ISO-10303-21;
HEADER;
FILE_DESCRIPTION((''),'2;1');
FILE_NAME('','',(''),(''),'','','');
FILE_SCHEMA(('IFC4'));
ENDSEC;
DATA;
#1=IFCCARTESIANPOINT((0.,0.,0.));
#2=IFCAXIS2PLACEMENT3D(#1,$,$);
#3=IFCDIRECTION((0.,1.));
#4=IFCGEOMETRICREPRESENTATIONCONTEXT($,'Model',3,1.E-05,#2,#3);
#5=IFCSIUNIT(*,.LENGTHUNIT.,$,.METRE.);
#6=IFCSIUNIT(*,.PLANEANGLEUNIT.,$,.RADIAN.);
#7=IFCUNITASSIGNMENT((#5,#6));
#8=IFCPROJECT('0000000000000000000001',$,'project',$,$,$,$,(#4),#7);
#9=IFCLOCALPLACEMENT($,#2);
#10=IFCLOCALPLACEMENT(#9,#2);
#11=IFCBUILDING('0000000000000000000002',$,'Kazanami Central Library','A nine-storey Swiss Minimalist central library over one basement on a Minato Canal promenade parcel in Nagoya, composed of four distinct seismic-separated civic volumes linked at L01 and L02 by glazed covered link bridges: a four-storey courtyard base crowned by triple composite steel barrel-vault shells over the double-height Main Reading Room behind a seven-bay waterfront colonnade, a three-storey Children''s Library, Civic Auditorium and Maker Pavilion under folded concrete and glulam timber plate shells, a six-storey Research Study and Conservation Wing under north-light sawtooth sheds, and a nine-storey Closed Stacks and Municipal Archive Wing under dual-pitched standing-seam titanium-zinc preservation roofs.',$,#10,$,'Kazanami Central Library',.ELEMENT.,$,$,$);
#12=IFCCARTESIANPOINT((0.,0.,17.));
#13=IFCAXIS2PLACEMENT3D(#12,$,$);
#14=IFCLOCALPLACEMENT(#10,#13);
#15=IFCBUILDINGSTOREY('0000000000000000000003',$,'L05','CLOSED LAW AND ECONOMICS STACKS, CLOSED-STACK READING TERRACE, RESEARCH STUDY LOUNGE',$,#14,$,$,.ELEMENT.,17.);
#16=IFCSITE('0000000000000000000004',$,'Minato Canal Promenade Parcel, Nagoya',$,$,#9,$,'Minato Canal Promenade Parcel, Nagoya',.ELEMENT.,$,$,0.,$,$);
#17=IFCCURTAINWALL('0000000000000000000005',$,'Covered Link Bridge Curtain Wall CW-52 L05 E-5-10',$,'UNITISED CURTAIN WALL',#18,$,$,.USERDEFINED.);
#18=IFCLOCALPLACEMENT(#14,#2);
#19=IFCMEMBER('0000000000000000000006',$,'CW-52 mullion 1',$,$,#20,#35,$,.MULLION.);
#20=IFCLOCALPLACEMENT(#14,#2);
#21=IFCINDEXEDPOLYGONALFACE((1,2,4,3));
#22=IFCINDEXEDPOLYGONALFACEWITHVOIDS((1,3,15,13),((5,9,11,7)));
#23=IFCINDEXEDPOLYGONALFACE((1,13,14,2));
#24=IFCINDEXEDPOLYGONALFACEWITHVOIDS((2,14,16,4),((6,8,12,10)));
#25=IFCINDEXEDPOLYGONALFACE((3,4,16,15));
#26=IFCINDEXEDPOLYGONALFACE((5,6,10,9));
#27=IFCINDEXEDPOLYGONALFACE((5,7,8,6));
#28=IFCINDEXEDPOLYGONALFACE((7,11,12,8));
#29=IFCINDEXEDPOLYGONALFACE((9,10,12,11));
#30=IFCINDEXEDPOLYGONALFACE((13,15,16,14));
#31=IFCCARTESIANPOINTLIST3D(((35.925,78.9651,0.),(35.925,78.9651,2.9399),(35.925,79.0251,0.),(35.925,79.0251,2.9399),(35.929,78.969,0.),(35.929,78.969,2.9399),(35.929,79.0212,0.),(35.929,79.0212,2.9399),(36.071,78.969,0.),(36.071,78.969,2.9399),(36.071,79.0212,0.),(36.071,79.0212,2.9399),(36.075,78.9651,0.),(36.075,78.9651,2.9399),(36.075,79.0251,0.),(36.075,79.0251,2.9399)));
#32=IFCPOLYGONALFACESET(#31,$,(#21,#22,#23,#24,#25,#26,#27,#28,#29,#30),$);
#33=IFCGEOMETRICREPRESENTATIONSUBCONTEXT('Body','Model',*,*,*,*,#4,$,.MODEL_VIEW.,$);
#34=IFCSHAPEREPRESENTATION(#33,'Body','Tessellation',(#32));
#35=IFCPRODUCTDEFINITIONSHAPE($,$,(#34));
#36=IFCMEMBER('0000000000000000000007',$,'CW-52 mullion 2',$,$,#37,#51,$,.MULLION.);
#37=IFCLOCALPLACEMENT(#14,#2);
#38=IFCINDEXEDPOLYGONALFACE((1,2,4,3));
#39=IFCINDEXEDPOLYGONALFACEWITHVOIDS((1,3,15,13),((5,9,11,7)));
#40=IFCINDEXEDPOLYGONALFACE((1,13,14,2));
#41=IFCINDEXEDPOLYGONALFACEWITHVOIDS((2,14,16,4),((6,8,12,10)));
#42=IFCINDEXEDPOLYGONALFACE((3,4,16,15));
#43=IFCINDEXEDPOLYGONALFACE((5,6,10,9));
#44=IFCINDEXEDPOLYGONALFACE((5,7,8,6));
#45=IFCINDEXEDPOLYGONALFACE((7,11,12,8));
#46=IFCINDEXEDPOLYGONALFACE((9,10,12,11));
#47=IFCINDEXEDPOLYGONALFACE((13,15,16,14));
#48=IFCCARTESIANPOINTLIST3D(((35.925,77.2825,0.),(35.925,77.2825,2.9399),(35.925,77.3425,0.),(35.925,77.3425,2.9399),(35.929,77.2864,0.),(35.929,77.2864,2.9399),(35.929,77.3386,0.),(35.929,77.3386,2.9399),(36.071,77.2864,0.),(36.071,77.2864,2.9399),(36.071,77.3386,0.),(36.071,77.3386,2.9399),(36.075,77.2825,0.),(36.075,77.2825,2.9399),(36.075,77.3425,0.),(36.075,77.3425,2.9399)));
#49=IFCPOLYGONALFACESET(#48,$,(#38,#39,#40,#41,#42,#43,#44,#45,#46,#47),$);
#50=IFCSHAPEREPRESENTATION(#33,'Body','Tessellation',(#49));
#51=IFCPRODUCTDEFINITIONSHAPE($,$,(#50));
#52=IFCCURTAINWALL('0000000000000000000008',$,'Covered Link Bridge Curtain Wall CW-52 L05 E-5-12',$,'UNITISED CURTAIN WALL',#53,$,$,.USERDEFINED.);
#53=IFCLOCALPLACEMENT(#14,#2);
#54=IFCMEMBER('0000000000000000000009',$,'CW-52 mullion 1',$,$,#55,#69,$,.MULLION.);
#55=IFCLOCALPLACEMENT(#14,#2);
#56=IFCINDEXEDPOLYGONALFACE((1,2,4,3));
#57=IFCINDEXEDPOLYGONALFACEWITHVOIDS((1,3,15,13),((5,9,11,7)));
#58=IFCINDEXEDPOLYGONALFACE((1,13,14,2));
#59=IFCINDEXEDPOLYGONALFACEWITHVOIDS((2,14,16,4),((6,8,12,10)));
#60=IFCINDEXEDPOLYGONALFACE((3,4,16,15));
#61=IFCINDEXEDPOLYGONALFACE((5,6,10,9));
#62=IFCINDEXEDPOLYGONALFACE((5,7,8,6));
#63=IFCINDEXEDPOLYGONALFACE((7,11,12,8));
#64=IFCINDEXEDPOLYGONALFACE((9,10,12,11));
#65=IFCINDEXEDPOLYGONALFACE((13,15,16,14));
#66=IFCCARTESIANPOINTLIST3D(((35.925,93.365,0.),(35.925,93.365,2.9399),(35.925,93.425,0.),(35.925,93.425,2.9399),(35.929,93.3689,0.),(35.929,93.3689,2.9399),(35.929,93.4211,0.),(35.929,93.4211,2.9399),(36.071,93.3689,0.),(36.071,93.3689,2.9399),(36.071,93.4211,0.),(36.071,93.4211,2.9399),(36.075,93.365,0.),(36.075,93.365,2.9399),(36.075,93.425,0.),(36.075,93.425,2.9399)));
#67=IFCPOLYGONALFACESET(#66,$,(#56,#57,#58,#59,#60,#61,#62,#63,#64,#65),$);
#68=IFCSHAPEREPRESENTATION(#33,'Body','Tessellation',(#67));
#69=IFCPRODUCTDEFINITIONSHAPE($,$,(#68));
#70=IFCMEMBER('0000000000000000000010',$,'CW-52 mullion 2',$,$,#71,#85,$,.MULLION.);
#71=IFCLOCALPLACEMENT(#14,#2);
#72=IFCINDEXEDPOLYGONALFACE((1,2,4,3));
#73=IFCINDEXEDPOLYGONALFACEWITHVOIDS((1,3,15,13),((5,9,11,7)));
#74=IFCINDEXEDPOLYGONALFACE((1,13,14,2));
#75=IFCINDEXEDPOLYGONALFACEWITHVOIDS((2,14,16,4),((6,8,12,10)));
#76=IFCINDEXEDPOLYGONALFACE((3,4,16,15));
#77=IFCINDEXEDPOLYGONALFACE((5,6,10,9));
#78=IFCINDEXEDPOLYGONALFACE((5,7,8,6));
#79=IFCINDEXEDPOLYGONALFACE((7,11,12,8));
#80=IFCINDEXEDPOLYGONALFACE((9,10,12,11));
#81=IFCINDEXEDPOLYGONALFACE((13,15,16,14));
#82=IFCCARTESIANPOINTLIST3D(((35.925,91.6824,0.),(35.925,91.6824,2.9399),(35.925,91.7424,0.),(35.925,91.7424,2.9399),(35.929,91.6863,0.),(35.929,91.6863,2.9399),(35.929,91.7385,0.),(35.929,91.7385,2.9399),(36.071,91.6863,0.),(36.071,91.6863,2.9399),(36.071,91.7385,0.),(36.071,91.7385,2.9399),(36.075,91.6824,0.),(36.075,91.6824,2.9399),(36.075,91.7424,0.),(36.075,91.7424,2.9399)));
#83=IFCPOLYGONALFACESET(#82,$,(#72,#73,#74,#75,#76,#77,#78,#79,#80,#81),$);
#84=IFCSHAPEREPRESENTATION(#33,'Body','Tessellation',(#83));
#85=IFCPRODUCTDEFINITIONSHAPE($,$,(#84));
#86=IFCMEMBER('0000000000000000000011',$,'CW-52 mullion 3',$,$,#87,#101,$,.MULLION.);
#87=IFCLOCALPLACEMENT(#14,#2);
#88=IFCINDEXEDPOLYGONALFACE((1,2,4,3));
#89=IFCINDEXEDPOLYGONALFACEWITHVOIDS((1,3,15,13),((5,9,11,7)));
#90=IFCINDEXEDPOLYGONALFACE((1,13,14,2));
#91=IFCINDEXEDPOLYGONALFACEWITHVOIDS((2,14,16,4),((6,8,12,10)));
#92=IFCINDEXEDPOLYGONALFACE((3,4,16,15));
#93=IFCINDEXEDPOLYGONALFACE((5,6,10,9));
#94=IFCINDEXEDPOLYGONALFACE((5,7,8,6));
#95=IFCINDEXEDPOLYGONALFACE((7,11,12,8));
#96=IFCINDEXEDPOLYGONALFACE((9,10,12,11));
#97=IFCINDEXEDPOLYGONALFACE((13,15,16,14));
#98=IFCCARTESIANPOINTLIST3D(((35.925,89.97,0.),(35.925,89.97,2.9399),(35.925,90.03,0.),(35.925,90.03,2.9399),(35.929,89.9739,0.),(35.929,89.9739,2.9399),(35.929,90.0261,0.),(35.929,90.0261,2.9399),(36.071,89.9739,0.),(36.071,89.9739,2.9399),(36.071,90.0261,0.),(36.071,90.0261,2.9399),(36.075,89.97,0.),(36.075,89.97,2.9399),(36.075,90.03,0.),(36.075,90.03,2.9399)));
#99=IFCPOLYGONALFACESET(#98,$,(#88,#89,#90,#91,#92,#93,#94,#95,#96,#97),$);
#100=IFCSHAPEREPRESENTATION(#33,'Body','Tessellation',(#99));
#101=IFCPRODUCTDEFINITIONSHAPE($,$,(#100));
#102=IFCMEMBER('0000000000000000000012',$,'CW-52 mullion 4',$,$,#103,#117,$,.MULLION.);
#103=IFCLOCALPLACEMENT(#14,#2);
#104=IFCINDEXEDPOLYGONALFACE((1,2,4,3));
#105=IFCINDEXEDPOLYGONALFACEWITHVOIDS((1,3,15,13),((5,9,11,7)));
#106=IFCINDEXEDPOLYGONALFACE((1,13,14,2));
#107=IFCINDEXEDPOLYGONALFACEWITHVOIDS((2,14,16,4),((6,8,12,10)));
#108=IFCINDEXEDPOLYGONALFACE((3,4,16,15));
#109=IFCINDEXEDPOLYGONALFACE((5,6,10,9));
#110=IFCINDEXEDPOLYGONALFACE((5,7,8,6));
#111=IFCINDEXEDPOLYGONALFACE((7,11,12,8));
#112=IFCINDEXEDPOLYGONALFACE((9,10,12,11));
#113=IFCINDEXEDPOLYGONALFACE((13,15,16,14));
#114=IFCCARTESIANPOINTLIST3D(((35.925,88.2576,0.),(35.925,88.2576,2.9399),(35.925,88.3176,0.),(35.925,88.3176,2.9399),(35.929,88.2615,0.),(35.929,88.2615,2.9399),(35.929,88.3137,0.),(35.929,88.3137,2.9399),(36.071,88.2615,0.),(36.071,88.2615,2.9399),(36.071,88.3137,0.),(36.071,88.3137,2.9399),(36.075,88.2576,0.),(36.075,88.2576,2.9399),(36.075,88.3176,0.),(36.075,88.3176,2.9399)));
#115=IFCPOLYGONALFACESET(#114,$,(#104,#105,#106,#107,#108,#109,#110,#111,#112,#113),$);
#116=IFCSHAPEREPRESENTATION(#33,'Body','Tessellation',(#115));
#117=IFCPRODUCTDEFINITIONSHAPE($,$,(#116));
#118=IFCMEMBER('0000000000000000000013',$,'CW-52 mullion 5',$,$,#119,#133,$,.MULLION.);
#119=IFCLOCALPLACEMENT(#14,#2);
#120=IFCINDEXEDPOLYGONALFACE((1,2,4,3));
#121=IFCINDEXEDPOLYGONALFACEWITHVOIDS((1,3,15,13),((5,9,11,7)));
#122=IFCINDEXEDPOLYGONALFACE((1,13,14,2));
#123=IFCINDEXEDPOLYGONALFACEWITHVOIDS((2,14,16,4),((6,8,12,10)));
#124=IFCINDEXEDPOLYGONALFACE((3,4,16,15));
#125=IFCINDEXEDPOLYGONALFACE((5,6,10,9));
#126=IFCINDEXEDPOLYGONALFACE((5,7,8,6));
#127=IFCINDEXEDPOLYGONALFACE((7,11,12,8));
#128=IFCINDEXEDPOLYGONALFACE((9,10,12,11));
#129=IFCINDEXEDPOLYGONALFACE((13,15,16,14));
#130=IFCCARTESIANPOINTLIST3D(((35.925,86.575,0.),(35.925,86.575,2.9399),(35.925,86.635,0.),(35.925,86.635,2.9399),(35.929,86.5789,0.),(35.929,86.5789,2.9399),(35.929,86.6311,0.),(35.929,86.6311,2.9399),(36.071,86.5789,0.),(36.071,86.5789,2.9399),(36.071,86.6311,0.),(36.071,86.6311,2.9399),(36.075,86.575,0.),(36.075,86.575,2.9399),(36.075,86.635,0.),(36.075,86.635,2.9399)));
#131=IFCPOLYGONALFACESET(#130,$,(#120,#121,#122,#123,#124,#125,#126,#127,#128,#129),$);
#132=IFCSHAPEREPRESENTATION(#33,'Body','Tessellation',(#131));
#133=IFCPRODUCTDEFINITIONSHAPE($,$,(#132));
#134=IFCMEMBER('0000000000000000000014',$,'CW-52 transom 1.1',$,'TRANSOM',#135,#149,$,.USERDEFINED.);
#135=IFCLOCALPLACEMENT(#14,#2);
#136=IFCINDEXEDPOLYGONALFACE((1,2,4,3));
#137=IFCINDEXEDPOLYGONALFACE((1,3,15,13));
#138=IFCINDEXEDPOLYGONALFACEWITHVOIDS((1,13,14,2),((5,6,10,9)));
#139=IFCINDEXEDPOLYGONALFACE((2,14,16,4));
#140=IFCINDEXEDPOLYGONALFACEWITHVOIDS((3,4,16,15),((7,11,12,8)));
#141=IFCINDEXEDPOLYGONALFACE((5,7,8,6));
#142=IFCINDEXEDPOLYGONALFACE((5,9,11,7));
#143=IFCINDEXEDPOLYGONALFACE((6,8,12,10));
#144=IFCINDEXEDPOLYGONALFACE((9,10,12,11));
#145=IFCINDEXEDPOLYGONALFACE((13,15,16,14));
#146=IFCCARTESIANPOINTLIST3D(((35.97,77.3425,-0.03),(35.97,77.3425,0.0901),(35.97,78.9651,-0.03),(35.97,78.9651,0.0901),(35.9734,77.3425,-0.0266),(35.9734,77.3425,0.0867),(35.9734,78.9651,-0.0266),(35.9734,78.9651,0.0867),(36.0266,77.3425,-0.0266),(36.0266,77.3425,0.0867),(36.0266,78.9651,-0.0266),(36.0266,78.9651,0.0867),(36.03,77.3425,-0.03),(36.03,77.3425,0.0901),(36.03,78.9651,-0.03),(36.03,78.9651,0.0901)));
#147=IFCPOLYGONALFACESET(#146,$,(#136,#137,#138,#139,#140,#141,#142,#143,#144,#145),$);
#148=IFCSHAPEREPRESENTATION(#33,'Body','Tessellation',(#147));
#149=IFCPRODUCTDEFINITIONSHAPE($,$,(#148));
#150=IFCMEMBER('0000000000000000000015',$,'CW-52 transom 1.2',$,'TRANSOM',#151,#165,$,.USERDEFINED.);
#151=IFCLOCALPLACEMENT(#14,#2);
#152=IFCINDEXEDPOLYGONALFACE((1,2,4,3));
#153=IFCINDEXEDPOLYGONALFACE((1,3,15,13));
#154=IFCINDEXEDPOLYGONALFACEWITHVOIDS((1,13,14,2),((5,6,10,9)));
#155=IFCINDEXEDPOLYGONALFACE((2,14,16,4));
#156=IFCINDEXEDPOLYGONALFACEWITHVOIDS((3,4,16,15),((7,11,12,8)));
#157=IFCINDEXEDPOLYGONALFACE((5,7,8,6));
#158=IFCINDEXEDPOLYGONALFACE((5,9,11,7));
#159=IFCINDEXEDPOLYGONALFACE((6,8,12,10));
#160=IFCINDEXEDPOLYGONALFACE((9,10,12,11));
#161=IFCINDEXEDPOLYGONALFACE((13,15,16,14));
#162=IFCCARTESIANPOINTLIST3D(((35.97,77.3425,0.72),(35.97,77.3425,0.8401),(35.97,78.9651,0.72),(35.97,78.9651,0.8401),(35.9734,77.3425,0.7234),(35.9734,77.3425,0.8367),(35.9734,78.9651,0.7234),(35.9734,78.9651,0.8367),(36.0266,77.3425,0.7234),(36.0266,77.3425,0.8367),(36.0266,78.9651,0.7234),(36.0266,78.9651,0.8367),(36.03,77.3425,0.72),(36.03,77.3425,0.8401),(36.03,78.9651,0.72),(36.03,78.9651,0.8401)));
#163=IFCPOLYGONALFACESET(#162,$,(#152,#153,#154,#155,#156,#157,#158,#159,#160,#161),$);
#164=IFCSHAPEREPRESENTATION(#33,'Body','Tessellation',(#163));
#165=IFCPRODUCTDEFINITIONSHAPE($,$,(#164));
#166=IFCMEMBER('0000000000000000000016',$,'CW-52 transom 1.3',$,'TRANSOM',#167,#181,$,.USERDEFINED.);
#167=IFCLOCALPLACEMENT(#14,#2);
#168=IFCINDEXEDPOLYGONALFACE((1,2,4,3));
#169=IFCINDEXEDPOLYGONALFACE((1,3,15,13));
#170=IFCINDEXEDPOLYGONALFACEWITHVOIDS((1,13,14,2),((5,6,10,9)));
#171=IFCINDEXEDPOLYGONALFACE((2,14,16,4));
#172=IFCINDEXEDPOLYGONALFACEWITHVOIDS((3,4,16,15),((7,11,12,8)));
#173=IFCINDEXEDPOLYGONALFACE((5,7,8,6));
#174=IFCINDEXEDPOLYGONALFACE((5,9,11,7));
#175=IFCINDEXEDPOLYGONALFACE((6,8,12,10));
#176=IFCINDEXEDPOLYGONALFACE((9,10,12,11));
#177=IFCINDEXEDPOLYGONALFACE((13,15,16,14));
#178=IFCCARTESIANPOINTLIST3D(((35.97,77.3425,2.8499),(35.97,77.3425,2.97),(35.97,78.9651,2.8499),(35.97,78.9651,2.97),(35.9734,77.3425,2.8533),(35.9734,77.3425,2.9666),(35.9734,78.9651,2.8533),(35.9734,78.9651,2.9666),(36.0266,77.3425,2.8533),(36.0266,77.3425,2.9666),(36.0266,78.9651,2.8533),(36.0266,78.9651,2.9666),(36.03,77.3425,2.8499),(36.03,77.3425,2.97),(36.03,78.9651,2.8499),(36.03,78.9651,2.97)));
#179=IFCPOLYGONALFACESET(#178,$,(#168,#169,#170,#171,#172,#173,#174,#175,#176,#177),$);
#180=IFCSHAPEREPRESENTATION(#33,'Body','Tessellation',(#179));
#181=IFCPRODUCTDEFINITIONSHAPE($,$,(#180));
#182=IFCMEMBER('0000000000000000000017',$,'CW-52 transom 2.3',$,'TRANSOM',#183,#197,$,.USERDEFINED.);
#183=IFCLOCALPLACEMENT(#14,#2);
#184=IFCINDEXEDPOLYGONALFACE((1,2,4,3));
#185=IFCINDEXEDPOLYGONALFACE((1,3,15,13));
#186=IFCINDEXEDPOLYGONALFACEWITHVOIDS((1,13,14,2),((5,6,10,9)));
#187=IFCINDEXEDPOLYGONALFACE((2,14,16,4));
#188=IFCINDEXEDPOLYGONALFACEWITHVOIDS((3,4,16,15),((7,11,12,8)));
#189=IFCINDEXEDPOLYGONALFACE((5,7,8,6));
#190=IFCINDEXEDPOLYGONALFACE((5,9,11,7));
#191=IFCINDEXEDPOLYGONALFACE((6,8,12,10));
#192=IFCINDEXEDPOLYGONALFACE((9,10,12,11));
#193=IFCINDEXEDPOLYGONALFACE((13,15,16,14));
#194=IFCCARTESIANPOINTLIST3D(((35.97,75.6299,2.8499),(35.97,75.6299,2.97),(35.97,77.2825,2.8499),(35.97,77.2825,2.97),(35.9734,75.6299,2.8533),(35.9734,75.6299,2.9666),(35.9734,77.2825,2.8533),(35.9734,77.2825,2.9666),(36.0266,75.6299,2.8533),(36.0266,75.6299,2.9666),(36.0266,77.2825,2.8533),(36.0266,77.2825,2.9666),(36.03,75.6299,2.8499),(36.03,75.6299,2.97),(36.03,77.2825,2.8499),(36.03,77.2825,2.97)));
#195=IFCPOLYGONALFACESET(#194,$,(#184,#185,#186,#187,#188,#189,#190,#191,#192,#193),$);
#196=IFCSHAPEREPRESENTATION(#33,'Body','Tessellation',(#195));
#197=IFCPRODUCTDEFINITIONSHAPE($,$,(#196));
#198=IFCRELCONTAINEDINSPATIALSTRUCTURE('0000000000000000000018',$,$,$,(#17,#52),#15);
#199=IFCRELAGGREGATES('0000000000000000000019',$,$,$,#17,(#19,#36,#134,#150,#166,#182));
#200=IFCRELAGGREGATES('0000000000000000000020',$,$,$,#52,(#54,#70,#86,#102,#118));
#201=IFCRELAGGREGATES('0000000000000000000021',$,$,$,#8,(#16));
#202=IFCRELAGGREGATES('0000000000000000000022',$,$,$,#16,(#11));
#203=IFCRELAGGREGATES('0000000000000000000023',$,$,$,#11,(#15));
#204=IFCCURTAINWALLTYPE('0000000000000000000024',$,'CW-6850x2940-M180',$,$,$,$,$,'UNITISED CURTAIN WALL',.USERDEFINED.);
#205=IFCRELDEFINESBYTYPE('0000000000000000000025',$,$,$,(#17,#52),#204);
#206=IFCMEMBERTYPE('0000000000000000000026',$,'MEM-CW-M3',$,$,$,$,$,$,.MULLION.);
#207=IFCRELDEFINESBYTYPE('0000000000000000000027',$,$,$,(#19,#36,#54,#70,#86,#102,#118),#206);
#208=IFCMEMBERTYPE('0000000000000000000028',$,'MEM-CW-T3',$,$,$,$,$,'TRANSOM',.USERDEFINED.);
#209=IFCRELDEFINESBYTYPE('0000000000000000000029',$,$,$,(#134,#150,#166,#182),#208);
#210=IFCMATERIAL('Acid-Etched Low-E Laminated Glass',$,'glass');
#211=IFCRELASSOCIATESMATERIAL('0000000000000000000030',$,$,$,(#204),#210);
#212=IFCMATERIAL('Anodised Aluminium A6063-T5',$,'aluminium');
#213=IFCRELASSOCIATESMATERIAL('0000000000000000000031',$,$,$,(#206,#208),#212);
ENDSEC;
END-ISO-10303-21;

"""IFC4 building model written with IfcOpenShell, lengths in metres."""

from ifc_helpers import new_model, si_unit, direction, frame, origin, origin_2d, place, context, subcontext, project, spatial, hollow_rectangle, extrude, material, material_profile, profile_set, type_object, element, aggregate, save


model = new_model("IFC4")

# Units and contexts
model_context = context("Model", 3, precision=1e-05, world=origin(), true_north=direction((0.0, 1.0)))
body_context = subcontext(model_context, "Body", "Model", "MODEL_VIEW")
ifc_project = project(units=[si_unit("LENGTHUNIT", "METRE"), si_unit("PLANEANGLEUNIT", "RADIAN")], contexts=[model_context])

# Site, building, storey
site_placement = place(None, origin())
site = spatial("IfcSite", under=ifc_project, at=site_placement, Name="Minato Canal Promenade Parcel, Nagoya", LongName="Minato Canal Promenade Parcel, Nagoya", CompositionType="ELEMENT", RefElevation=0.0)
building_placement = place(site_placement, origin())
building = spatial("IfcBuilding", under=site, at=building_placement, Name="Kazanami Central Library", Description="A nine-storey Swiss Minimalist central library over one basement on a Minato Canal promenade parcel in Nagoya, composed of four distinct seismic-separated civic volumes linked at L01 and L02 by glazed covered link bridges: a four-storey courtyard base crowned by triple composite steel barrel-vault shells over the double-height Main Reading Room behind a seven-bay waterfront colonnade, a three-storey Children's Library, Civic Auditorium and Maker Pavilion under folded concrete and glulam timber plate shells, a six-storey Research Study and Conservation Wing under north-light sawtooth sheds, and a nine-storey Closed Stacks and Municipal Archive Wing under dual-pitched standing-seam titanium-zinc preservation roofs.", LongName="Kazanami Central Library", CompositionType="ELEMENT")
storey_placement = place(building_placement, frame((0.0, 0.0, 17.0)))
storey = spatial("IfcBuildingStorey", under=building, at=storey_placement, Name="L05", Description="CLOSED LAW AND ECONOMICS STACKS, CLOSED-STACK READING TERRACE, RESEARCH STUDY LOUNGE", CompositionType="ELEMENT", Elevation=17.0)

# Curtain walls, members
ifc_material_1 = material(Name="Acid-Etched Low-E Laminated Glass", Category="glass")
curtain_wall_type = type_object("IfcCurtainWallType", Name="CW-6850x2940-M180", ElementType="UNITISED CURTAIN WALL", PredefinedType="USERDEFINED", material=ifc_material_1)
curtain_wall_1_placement = place(storey_placement, origin())
curtain_wall_1 = element("IfcCurtainWall", 1, at=curtain_wall_1_placement, inside=storey, type_object=curtain_wall_type, Name="Covered Link Bridge Curtain Wall CW-52 L05 E-5-10", ObjectType="UNITISED CURTAIN WALL", PredefinedType="USERDEFINED")
ifc_material_2 = material(Name="Anodised Aluminium A6063-T5", Category="aluminium")
ifc_material_profile_1 = material_profile(ifc_material_2, hollow_rectangle(XDim=0.0601, YDim=0.1499, WallThickness=0.0039, at=origin_2d()), Name="ALU-MULL-60x150x4")
ifc_profile_set_1 = profile_set([ifc_material_profile_1], Name="Anodised Aluminium A6063-T5")
member_type_1 = type_object("IfcMemberType", Name="MEM-CW-M3", PredefinedType="MULLION", material=ifc_profile_set_1)
member_1_placement = place(storey_placement, frame((36.0, 78.9951, 0.0), z_axis=(0.0, 0.0, 1.0), x_axis=(0.0, -1.0, 0.0)))
member_1 = element("IfcMember", 2, at=member_1_placement, type_object=member_type_1, Name="CW-52 mullion 1", PredefinedType="MULLION", context=body_context, shape_type="SweptSolid", body=[
    extrude(hollow_rectangle(XDim=0.0601, YDim=0.1499, WallThickness=0.0039, at=origin_2d()), origin(), (0.0, 0.0, 1.0), 2.9399),
])
member_2_placement = place(storey_placement, frame((36.0, 77.3125, 0.0), z_axis=(0.0, 0.0, 1.0), x_axis=(0.0, -1.0, 0.0)))
member_2 = element("IfcMember", 3, at=member_2_placement, type_object=member_type_1, Name="CW-52 mullion 2", PredefinedType="MULLION", context=body_context, shape_type="SweptSolid", body=[
    extrude(hollow_rectangle(XDim=0.0601, YDim=0.1499, WallThickness=0.0039, at=origin_2d()), origin(), (0.0, 0.0, 1.0), 2.9399),
])
curtain_wall_2_placement = place(storey_placement, origin())
curtain_wall_2 = element("IfcCurtainWall", 4, at=curtain_wall_2_placement, inside=storey, type_object=curtain_wall_type, Name="Covered Link Bridge Curtain Wall CW-52 L05 E-5-12", ObjectType="UNITISED CURTAIN WALL", PredefinedType="USERDEFINED")
member_3_placement = place(storey_placement, frame((36.0, 93.395, 0.0), z_axis=(0.0, 0.0, 1.0), x_axis=(0.0, -1.0, 0.0)))
member_3 = element("IfcMember", 5, at=member_3_placement, type_object=member_type_1, Name="CW-52 mullion 1", PredefinedType="MULLION", context=body_context, shape_type="SweptSolid", body=[
    extrude(hollow_rectangle(XDim=0.0601, YDim=0.1499, WallThickness=0.0039, at=origin_2d()), origin(), (0.0, 0.0, 1.0), 2.9399),
])
member_4_placement = place(storey_placement, frame((36.0, 91.7124, 0.0), z_axis=(0.0, 0.0, 1.0), x_axis=(0.0, -1.0, 0.0)))
member_4 = element("IfcMember", 6, at=member_4_placement, type_object=member_type_1, Name="CW-52 mullion 2", PredefinedType="MULLION", context=body_context, shape_type="SweptSolid", body=[
    extrude(hollow_rectangle(XDim=0.0601, YDim=0.1499, WallThickness=0.0039, at=origin_2d()), origin(), (0.0, 0.0, 1.0), 2.9399),
])
member_5_placement = place(storey_placement, frame((36.0, 90.0, 0.0), z_axis=(0.0, 0.0, 1.0), x_axis=(0.0, -1.0, 0.0)))
member_5 = element("IfcMember", 7, at=member_5_placement, type_object=member_type_1, Name="CW-52 mullion 3", PredefinedType="MULLION", context=body_context, shape_type="SweptSolid", body=[
    extrude(hollow_rectangle(XDim=0.0601, YDim=0.1499, WallThickness=0.0039, at=origin_2d()), origin(), (0.0, 0.0, 1.0), 2.9399),
])
member_6_placement = place(storey_placement, frame((36.0, 88.2876, 0.0), z_axis=(0.0, 0.0, 1.0), x_axis=(0.0, -1.0, 0.0)))
member_6 = element("IfcMember", 8, at=member_6_placement, type_object=member_type_1, Name="CW-52 mullion 4", PredefinedType="MULLION", context=body_context, shape_type="SweptSolid", body=[
    extrude(hollow_rectangle(XDim=0.0601, YDim=0.1499, WallThickness=0.0039, at=origin_2d()), origin(), (0.0, 0.0, 1.0), 2.9399),
])
member_7_placement = place(storey_placement, frame((36.0, 86.605, 0.0), z_axis=(0.0, 0.0, 1.0), x_axis=(0.0, -1.0, 0.0)))
member_7 = element("IfcMember", 9, at=member_7_placement, type_object=member_type_1, Name="CW-52 mullion 5", PredefinedType="MULLION", context=body_context, shape_type="SweptSolid", body=[
    extrude(hollow_rectangle(XDim=0.0601, YDim=0.1499, WallThickness=0.0039, at=origin_2d()), origin(), (0.0, 0.0, 1.0), 2.9399),
])

# Members
ifc_material_profile_2 = material_profile(ifc_material_2, hollow_rectangle(XDim=0.0601, YDim=0.1201, WallThickness=0.0034, at=origin_2d()), Name="ALU-TRAN-60x120x3.5")
ifc_profile_set_2 = profile_set([ifc_material_profile_2], Name="Anodised Aluminium A6063-T5")
member_type_2 = type_object("IfcMemberType", Name="MEM-CW-T3", ElementType="TRANSOM", PredefinedType="USERDEFINED", material=ifc_profile_set_2)
member_8_placement = place(storey_placement, frame((36.0, 78.9651, 0.03), z_axis=(0.0, -1.0, 0.0), x_axis=(1.0, 0.0, 0.0)))
member_8 = element("IfcMember", 10, at=member_8_placement, type_object=member_type_2, Name="CW-52 transom 1.1", ObjectType="TRANSOM", PredefinedType="USERDEFINED", context=body_context, shape_type="SweptSolid", body=[
    extrude(hollow_rectangle(XDim=0.0601, YDim=0.1201, WallThickness=0.0034, at=origin_2d()), origin(), (0.0, 0.0, 1.0), 1.6226),
])
member_9_placement = place(storey_placement, frame((36.0, 78.9651, 0.78), z_axis=(0.0, -1.0, 0.0), x_axis=(1.0, 0.0, 0.0)))
member_9 = element("IfcMember", 11, at=member_9_placement, type_object=member_type_2, Name="CW-52 transom 1.2", ObjectType="TRANSOM", PredefinedType="USERDEFINED", context=body_context, shape_type="SweptSolid", body=[
    extrude(hollow_rectangle(XDim=0.0601, YDim=0.1201, WallThickness=0.0034, at=origin_2d()), origin(), (0.0, 0.0, 1.0), 1.6226),
])
member_10_placement = place(storey_placement, frame((36.0, 78.9651, 2.9099), z_axis=(0.0, -1.0, 0.0), x_axis=(1.0, 0.0, 0.0)))
member_10 = element("IfcMember", 12, at=member_10_placement, type_object=member_type_2, Name="CW-52 transom 1.3", ObjectType="TRANSOM", PredefinedType="USERDEFINED", context=body_context, shape_type="SweptSolid", body=[
    extrude(hollow_rectangle(XDim=0.0601, YDim=0.1201, WallThickness=0.0034, at=origin_2d()), origin(), (0.0, 0.0, 1.0), 1.6226),
])
member_11_placement = place(storey_placement, frame((36.0, 77.2825, 2.9099), z_axis=(0.0, -1.0, 0.0), x_axis=(1.0, 0.0, 0.0)))
member_11 = element("IfcMember", 13, at=member_11_placement, type_object=member_type_2, Name="CW-52 transom 2.3", ObjectType="TRANSOM", PredefinedType="USERDEFINED", context=body_context, shape_type="SweptSolid", body=[
    extrude(hollow_rectangle(XDim=0.0601, YDim=0.1201, WallThickness=0.0034, at=origin_2d()), origin(), (0.0, 0.0, 1.0), 1.6526),
])

aggregate(curtain_wall_1, [member_1, member_2, member_8, member_9, member_10, member_11])
aggregate(curtain_wall_2, [member_3, member_4, member_5, member_6, member_7])

save(model, "model.ifc")
